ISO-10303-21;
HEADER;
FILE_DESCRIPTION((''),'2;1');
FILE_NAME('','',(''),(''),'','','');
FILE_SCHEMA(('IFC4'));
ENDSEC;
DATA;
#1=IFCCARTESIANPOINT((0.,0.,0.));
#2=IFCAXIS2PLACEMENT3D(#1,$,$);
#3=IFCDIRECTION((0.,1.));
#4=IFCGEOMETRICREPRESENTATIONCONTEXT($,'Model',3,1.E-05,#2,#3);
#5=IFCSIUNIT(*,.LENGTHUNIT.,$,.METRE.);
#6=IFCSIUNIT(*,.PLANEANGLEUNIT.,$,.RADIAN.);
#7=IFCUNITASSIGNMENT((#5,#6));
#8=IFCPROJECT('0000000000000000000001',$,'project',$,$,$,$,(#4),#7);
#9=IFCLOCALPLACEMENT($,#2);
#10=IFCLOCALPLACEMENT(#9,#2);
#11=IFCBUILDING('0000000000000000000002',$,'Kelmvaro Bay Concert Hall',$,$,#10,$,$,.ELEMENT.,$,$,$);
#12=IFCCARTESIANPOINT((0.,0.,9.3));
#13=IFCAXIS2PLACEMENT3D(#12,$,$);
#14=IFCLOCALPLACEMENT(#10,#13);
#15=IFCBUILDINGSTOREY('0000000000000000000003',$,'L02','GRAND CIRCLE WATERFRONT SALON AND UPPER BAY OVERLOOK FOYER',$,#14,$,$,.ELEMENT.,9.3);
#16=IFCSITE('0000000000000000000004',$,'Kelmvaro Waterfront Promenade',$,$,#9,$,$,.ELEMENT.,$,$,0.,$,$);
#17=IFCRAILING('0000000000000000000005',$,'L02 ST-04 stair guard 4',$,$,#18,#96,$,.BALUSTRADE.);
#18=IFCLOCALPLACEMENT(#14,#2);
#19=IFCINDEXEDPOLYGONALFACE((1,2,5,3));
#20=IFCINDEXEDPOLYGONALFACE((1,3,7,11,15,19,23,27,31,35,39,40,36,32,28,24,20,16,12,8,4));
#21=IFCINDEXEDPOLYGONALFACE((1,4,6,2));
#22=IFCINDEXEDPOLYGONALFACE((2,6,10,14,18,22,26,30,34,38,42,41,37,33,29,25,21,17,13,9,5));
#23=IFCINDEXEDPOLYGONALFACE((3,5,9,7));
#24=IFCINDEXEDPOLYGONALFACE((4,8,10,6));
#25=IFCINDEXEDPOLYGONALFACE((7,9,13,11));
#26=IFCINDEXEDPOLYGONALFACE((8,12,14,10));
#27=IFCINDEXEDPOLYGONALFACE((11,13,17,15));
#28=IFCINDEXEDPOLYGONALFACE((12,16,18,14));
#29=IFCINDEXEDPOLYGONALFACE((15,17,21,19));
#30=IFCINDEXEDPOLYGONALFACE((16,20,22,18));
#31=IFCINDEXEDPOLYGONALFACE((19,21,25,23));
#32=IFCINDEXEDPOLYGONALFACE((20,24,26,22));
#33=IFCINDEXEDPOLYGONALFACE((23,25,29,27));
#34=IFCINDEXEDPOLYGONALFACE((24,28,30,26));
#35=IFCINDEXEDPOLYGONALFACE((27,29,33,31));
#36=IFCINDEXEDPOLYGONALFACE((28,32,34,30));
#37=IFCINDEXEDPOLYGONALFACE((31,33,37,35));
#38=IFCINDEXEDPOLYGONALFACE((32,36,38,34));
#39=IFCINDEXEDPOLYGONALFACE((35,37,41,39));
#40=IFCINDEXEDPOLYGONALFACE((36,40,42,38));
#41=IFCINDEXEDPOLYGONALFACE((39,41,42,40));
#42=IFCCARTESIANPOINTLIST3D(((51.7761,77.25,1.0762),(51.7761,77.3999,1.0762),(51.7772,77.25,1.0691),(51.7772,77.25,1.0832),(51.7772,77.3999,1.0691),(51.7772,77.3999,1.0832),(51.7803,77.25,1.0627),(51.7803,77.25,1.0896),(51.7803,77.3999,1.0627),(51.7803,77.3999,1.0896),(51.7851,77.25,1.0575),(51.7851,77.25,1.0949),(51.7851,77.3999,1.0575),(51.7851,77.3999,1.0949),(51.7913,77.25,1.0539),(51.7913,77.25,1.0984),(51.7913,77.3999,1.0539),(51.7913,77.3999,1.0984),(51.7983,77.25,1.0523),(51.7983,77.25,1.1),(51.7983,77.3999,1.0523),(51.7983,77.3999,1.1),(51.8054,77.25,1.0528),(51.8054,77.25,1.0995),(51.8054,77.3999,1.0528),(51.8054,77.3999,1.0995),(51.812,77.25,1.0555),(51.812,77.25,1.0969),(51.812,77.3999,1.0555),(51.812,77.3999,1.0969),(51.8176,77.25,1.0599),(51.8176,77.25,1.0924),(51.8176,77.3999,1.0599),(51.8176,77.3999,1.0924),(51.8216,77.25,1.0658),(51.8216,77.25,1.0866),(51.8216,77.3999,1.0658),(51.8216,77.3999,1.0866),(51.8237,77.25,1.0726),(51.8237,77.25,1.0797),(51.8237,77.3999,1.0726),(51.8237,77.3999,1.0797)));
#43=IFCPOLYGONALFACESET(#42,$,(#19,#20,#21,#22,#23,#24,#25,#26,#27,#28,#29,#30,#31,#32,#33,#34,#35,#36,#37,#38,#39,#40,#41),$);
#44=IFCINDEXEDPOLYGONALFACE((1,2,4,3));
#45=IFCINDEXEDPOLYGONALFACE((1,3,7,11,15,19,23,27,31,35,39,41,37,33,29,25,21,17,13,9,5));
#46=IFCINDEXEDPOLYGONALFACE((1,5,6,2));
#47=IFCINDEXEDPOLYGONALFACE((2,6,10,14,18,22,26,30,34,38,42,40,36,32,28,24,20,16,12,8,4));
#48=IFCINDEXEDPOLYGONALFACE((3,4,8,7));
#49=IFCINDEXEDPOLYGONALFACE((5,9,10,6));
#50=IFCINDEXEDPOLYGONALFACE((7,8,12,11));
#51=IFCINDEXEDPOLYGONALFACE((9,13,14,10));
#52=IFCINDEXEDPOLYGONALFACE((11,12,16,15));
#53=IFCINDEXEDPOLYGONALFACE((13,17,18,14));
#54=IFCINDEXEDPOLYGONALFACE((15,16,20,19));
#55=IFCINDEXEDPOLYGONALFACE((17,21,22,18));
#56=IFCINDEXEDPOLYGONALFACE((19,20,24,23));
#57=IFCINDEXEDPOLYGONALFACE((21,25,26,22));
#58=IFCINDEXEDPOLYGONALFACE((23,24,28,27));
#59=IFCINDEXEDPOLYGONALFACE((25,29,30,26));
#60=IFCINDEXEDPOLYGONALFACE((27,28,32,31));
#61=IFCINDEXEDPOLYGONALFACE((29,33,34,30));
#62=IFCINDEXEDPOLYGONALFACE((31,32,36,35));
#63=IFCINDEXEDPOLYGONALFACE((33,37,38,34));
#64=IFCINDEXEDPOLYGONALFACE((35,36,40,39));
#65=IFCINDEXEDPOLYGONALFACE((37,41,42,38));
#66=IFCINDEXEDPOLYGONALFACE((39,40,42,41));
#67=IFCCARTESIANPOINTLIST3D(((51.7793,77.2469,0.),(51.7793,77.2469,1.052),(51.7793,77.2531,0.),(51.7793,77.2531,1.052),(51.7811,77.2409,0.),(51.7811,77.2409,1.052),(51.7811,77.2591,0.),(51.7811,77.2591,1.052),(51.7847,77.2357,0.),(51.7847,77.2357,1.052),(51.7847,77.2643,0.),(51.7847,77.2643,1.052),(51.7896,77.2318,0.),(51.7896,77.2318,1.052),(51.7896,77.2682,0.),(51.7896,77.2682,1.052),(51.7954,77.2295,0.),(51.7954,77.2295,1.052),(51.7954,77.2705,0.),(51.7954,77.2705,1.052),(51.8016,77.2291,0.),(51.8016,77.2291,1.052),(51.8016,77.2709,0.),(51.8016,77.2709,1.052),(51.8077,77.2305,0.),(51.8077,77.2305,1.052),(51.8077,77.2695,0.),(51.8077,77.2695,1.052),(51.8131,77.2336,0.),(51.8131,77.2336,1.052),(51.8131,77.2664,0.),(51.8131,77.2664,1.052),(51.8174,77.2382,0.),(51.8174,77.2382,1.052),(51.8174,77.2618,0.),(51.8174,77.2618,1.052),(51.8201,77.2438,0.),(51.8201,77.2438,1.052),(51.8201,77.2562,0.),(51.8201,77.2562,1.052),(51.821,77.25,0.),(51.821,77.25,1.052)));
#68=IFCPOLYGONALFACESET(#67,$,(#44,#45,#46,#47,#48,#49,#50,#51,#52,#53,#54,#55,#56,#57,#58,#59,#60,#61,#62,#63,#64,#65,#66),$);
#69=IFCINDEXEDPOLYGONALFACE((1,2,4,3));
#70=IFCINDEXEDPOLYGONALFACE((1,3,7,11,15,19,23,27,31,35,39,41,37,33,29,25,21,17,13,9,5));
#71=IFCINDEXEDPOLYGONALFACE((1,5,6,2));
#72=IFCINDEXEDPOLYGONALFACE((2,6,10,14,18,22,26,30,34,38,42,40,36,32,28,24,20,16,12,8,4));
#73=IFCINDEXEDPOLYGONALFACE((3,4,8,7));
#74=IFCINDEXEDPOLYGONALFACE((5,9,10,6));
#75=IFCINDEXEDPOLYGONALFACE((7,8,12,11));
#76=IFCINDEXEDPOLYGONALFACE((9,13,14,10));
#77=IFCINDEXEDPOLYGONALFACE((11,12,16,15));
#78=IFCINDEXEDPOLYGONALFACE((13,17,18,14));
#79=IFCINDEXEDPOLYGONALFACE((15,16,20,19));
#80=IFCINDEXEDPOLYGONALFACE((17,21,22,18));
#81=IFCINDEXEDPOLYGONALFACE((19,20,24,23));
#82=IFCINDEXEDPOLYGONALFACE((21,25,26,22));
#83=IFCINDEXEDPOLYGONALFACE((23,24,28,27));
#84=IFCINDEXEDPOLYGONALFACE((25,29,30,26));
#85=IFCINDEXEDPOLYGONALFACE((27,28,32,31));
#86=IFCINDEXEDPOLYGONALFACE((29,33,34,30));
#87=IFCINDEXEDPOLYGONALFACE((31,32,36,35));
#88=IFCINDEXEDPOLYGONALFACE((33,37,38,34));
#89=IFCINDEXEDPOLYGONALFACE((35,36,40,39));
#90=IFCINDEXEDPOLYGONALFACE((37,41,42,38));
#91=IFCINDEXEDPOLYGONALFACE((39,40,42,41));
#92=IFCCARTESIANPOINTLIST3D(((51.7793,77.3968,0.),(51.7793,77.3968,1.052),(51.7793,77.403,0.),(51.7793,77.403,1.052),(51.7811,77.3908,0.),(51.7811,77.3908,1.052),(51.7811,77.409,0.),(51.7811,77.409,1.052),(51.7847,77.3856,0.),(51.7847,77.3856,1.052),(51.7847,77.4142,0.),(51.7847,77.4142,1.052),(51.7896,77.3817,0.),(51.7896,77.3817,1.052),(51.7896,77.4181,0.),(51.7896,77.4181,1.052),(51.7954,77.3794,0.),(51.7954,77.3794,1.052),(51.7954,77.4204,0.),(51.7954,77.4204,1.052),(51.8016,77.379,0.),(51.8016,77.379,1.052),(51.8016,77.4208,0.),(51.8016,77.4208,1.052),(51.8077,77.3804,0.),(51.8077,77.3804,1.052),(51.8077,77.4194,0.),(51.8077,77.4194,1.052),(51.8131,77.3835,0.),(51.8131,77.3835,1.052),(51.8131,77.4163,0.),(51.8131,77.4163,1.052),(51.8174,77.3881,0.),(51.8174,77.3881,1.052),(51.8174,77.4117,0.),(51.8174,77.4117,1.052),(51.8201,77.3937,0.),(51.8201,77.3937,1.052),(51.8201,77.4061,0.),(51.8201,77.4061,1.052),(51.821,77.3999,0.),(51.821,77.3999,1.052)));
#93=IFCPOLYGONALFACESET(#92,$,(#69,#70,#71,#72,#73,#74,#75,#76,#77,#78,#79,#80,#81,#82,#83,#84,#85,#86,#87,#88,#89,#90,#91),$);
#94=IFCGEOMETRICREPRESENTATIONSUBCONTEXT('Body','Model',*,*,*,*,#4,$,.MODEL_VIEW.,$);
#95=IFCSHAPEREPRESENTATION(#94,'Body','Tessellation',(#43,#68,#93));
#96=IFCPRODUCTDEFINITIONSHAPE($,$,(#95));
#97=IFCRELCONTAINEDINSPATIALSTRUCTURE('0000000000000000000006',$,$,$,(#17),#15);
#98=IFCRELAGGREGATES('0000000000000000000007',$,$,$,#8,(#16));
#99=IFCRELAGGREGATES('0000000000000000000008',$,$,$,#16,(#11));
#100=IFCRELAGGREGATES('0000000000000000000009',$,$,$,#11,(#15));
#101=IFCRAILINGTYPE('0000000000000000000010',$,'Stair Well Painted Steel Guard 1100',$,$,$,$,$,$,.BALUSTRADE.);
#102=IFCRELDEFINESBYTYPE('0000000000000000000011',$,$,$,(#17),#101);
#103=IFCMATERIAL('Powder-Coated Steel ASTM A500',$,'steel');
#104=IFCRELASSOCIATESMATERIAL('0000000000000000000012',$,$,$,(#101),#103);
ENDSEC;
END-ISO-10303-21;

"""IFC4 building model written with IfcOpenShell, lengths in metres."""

from ifc_helpers import new_model, si_unit, direction, frame, origin, origin_2d, place, context, subcontext, project, spatial, circle, extrude, material, type_object, element, save


model = new_model("IFC4")

# Units and contexts
model_context = context("Model", 3, precision=1e-05, world=origin(), true_north=direction((0.0, 1.0)))
body_context = subcontext(model_context, "Body", "Model", "MODEL_VIEW")
ifc_project = project(units=[si_unit("LENGTHUNIT", "METRE"), si_unit("PLANEANGLEUNIT", "RADIAN")], contexts=[model_context])

# Site, building, storey
site_placement = place(None, origin())
site = spatial("IfcSite", under=ifc_project, at=site_placement, Name="Kelmvaro Waterfront Promenade", CompositionType="ELEMENT", RefElevation=0.0)
building_placement = place(site_placement, origin())
building = spatial("IfcBuilding", under=site, at=building_placement, Name="Kelmvaro Bay Concert Hall", CompositionType="ELEMENT")
storey_placement = place(building_placement, frame((0.0, 0.0, 9.3)))
storey = spatial("IfcBuildingStorey", under=building, at=storey_placement, Name="L02", Description="GRAND CIRCLE WATERFRONT SALON AND UPPER BAY OVERLOOK FOYER", CompositionType="ELEMENT", Elevation=9.3)

# Railing
ifc_material_1 = material(Name="Powder-Coated Steel ASTM A500", Category="steel")
railing_type_1 = type_object("IfcRailingType", Name="Stair Well Painted Steel Guard 1100", PredefinedType="BALUSTRADE", material=ifc_material_1)
railing_1_placement = place(storey_placement, frame((51.8, 77.25, 0.0)))
element("IfcRailing", 1, at=railing_1_placement, inside=storey, type_object=railing_type_1, Name="L02 ST-04 stair guard 4", PredefinedType="BALUSTRADE", context=body_context, shape_type="SweptSolid", body=[
    extrude(circle(Radius=0.0239, at=origin_2d()), frame((0.0, 0.0, 1.0762), z_axis=(0.0, 1.0, 0.0), x_axis=(-1.0, 0.0, 0.0)), (0.0, 0.0, 1.0), 0.1499),
    extrude(circle(Radius=0.021, at=origin_2d()), origin(), (0.0, 0.0, 1.0), 1.052),
    extrude(circle(Radius=0.021, at=origin_2d()), frame((0.0, 0.1499, 0.0)), (0.0, 0.0, 1.0), 1.052),
])

save(model, "model.ifc")
